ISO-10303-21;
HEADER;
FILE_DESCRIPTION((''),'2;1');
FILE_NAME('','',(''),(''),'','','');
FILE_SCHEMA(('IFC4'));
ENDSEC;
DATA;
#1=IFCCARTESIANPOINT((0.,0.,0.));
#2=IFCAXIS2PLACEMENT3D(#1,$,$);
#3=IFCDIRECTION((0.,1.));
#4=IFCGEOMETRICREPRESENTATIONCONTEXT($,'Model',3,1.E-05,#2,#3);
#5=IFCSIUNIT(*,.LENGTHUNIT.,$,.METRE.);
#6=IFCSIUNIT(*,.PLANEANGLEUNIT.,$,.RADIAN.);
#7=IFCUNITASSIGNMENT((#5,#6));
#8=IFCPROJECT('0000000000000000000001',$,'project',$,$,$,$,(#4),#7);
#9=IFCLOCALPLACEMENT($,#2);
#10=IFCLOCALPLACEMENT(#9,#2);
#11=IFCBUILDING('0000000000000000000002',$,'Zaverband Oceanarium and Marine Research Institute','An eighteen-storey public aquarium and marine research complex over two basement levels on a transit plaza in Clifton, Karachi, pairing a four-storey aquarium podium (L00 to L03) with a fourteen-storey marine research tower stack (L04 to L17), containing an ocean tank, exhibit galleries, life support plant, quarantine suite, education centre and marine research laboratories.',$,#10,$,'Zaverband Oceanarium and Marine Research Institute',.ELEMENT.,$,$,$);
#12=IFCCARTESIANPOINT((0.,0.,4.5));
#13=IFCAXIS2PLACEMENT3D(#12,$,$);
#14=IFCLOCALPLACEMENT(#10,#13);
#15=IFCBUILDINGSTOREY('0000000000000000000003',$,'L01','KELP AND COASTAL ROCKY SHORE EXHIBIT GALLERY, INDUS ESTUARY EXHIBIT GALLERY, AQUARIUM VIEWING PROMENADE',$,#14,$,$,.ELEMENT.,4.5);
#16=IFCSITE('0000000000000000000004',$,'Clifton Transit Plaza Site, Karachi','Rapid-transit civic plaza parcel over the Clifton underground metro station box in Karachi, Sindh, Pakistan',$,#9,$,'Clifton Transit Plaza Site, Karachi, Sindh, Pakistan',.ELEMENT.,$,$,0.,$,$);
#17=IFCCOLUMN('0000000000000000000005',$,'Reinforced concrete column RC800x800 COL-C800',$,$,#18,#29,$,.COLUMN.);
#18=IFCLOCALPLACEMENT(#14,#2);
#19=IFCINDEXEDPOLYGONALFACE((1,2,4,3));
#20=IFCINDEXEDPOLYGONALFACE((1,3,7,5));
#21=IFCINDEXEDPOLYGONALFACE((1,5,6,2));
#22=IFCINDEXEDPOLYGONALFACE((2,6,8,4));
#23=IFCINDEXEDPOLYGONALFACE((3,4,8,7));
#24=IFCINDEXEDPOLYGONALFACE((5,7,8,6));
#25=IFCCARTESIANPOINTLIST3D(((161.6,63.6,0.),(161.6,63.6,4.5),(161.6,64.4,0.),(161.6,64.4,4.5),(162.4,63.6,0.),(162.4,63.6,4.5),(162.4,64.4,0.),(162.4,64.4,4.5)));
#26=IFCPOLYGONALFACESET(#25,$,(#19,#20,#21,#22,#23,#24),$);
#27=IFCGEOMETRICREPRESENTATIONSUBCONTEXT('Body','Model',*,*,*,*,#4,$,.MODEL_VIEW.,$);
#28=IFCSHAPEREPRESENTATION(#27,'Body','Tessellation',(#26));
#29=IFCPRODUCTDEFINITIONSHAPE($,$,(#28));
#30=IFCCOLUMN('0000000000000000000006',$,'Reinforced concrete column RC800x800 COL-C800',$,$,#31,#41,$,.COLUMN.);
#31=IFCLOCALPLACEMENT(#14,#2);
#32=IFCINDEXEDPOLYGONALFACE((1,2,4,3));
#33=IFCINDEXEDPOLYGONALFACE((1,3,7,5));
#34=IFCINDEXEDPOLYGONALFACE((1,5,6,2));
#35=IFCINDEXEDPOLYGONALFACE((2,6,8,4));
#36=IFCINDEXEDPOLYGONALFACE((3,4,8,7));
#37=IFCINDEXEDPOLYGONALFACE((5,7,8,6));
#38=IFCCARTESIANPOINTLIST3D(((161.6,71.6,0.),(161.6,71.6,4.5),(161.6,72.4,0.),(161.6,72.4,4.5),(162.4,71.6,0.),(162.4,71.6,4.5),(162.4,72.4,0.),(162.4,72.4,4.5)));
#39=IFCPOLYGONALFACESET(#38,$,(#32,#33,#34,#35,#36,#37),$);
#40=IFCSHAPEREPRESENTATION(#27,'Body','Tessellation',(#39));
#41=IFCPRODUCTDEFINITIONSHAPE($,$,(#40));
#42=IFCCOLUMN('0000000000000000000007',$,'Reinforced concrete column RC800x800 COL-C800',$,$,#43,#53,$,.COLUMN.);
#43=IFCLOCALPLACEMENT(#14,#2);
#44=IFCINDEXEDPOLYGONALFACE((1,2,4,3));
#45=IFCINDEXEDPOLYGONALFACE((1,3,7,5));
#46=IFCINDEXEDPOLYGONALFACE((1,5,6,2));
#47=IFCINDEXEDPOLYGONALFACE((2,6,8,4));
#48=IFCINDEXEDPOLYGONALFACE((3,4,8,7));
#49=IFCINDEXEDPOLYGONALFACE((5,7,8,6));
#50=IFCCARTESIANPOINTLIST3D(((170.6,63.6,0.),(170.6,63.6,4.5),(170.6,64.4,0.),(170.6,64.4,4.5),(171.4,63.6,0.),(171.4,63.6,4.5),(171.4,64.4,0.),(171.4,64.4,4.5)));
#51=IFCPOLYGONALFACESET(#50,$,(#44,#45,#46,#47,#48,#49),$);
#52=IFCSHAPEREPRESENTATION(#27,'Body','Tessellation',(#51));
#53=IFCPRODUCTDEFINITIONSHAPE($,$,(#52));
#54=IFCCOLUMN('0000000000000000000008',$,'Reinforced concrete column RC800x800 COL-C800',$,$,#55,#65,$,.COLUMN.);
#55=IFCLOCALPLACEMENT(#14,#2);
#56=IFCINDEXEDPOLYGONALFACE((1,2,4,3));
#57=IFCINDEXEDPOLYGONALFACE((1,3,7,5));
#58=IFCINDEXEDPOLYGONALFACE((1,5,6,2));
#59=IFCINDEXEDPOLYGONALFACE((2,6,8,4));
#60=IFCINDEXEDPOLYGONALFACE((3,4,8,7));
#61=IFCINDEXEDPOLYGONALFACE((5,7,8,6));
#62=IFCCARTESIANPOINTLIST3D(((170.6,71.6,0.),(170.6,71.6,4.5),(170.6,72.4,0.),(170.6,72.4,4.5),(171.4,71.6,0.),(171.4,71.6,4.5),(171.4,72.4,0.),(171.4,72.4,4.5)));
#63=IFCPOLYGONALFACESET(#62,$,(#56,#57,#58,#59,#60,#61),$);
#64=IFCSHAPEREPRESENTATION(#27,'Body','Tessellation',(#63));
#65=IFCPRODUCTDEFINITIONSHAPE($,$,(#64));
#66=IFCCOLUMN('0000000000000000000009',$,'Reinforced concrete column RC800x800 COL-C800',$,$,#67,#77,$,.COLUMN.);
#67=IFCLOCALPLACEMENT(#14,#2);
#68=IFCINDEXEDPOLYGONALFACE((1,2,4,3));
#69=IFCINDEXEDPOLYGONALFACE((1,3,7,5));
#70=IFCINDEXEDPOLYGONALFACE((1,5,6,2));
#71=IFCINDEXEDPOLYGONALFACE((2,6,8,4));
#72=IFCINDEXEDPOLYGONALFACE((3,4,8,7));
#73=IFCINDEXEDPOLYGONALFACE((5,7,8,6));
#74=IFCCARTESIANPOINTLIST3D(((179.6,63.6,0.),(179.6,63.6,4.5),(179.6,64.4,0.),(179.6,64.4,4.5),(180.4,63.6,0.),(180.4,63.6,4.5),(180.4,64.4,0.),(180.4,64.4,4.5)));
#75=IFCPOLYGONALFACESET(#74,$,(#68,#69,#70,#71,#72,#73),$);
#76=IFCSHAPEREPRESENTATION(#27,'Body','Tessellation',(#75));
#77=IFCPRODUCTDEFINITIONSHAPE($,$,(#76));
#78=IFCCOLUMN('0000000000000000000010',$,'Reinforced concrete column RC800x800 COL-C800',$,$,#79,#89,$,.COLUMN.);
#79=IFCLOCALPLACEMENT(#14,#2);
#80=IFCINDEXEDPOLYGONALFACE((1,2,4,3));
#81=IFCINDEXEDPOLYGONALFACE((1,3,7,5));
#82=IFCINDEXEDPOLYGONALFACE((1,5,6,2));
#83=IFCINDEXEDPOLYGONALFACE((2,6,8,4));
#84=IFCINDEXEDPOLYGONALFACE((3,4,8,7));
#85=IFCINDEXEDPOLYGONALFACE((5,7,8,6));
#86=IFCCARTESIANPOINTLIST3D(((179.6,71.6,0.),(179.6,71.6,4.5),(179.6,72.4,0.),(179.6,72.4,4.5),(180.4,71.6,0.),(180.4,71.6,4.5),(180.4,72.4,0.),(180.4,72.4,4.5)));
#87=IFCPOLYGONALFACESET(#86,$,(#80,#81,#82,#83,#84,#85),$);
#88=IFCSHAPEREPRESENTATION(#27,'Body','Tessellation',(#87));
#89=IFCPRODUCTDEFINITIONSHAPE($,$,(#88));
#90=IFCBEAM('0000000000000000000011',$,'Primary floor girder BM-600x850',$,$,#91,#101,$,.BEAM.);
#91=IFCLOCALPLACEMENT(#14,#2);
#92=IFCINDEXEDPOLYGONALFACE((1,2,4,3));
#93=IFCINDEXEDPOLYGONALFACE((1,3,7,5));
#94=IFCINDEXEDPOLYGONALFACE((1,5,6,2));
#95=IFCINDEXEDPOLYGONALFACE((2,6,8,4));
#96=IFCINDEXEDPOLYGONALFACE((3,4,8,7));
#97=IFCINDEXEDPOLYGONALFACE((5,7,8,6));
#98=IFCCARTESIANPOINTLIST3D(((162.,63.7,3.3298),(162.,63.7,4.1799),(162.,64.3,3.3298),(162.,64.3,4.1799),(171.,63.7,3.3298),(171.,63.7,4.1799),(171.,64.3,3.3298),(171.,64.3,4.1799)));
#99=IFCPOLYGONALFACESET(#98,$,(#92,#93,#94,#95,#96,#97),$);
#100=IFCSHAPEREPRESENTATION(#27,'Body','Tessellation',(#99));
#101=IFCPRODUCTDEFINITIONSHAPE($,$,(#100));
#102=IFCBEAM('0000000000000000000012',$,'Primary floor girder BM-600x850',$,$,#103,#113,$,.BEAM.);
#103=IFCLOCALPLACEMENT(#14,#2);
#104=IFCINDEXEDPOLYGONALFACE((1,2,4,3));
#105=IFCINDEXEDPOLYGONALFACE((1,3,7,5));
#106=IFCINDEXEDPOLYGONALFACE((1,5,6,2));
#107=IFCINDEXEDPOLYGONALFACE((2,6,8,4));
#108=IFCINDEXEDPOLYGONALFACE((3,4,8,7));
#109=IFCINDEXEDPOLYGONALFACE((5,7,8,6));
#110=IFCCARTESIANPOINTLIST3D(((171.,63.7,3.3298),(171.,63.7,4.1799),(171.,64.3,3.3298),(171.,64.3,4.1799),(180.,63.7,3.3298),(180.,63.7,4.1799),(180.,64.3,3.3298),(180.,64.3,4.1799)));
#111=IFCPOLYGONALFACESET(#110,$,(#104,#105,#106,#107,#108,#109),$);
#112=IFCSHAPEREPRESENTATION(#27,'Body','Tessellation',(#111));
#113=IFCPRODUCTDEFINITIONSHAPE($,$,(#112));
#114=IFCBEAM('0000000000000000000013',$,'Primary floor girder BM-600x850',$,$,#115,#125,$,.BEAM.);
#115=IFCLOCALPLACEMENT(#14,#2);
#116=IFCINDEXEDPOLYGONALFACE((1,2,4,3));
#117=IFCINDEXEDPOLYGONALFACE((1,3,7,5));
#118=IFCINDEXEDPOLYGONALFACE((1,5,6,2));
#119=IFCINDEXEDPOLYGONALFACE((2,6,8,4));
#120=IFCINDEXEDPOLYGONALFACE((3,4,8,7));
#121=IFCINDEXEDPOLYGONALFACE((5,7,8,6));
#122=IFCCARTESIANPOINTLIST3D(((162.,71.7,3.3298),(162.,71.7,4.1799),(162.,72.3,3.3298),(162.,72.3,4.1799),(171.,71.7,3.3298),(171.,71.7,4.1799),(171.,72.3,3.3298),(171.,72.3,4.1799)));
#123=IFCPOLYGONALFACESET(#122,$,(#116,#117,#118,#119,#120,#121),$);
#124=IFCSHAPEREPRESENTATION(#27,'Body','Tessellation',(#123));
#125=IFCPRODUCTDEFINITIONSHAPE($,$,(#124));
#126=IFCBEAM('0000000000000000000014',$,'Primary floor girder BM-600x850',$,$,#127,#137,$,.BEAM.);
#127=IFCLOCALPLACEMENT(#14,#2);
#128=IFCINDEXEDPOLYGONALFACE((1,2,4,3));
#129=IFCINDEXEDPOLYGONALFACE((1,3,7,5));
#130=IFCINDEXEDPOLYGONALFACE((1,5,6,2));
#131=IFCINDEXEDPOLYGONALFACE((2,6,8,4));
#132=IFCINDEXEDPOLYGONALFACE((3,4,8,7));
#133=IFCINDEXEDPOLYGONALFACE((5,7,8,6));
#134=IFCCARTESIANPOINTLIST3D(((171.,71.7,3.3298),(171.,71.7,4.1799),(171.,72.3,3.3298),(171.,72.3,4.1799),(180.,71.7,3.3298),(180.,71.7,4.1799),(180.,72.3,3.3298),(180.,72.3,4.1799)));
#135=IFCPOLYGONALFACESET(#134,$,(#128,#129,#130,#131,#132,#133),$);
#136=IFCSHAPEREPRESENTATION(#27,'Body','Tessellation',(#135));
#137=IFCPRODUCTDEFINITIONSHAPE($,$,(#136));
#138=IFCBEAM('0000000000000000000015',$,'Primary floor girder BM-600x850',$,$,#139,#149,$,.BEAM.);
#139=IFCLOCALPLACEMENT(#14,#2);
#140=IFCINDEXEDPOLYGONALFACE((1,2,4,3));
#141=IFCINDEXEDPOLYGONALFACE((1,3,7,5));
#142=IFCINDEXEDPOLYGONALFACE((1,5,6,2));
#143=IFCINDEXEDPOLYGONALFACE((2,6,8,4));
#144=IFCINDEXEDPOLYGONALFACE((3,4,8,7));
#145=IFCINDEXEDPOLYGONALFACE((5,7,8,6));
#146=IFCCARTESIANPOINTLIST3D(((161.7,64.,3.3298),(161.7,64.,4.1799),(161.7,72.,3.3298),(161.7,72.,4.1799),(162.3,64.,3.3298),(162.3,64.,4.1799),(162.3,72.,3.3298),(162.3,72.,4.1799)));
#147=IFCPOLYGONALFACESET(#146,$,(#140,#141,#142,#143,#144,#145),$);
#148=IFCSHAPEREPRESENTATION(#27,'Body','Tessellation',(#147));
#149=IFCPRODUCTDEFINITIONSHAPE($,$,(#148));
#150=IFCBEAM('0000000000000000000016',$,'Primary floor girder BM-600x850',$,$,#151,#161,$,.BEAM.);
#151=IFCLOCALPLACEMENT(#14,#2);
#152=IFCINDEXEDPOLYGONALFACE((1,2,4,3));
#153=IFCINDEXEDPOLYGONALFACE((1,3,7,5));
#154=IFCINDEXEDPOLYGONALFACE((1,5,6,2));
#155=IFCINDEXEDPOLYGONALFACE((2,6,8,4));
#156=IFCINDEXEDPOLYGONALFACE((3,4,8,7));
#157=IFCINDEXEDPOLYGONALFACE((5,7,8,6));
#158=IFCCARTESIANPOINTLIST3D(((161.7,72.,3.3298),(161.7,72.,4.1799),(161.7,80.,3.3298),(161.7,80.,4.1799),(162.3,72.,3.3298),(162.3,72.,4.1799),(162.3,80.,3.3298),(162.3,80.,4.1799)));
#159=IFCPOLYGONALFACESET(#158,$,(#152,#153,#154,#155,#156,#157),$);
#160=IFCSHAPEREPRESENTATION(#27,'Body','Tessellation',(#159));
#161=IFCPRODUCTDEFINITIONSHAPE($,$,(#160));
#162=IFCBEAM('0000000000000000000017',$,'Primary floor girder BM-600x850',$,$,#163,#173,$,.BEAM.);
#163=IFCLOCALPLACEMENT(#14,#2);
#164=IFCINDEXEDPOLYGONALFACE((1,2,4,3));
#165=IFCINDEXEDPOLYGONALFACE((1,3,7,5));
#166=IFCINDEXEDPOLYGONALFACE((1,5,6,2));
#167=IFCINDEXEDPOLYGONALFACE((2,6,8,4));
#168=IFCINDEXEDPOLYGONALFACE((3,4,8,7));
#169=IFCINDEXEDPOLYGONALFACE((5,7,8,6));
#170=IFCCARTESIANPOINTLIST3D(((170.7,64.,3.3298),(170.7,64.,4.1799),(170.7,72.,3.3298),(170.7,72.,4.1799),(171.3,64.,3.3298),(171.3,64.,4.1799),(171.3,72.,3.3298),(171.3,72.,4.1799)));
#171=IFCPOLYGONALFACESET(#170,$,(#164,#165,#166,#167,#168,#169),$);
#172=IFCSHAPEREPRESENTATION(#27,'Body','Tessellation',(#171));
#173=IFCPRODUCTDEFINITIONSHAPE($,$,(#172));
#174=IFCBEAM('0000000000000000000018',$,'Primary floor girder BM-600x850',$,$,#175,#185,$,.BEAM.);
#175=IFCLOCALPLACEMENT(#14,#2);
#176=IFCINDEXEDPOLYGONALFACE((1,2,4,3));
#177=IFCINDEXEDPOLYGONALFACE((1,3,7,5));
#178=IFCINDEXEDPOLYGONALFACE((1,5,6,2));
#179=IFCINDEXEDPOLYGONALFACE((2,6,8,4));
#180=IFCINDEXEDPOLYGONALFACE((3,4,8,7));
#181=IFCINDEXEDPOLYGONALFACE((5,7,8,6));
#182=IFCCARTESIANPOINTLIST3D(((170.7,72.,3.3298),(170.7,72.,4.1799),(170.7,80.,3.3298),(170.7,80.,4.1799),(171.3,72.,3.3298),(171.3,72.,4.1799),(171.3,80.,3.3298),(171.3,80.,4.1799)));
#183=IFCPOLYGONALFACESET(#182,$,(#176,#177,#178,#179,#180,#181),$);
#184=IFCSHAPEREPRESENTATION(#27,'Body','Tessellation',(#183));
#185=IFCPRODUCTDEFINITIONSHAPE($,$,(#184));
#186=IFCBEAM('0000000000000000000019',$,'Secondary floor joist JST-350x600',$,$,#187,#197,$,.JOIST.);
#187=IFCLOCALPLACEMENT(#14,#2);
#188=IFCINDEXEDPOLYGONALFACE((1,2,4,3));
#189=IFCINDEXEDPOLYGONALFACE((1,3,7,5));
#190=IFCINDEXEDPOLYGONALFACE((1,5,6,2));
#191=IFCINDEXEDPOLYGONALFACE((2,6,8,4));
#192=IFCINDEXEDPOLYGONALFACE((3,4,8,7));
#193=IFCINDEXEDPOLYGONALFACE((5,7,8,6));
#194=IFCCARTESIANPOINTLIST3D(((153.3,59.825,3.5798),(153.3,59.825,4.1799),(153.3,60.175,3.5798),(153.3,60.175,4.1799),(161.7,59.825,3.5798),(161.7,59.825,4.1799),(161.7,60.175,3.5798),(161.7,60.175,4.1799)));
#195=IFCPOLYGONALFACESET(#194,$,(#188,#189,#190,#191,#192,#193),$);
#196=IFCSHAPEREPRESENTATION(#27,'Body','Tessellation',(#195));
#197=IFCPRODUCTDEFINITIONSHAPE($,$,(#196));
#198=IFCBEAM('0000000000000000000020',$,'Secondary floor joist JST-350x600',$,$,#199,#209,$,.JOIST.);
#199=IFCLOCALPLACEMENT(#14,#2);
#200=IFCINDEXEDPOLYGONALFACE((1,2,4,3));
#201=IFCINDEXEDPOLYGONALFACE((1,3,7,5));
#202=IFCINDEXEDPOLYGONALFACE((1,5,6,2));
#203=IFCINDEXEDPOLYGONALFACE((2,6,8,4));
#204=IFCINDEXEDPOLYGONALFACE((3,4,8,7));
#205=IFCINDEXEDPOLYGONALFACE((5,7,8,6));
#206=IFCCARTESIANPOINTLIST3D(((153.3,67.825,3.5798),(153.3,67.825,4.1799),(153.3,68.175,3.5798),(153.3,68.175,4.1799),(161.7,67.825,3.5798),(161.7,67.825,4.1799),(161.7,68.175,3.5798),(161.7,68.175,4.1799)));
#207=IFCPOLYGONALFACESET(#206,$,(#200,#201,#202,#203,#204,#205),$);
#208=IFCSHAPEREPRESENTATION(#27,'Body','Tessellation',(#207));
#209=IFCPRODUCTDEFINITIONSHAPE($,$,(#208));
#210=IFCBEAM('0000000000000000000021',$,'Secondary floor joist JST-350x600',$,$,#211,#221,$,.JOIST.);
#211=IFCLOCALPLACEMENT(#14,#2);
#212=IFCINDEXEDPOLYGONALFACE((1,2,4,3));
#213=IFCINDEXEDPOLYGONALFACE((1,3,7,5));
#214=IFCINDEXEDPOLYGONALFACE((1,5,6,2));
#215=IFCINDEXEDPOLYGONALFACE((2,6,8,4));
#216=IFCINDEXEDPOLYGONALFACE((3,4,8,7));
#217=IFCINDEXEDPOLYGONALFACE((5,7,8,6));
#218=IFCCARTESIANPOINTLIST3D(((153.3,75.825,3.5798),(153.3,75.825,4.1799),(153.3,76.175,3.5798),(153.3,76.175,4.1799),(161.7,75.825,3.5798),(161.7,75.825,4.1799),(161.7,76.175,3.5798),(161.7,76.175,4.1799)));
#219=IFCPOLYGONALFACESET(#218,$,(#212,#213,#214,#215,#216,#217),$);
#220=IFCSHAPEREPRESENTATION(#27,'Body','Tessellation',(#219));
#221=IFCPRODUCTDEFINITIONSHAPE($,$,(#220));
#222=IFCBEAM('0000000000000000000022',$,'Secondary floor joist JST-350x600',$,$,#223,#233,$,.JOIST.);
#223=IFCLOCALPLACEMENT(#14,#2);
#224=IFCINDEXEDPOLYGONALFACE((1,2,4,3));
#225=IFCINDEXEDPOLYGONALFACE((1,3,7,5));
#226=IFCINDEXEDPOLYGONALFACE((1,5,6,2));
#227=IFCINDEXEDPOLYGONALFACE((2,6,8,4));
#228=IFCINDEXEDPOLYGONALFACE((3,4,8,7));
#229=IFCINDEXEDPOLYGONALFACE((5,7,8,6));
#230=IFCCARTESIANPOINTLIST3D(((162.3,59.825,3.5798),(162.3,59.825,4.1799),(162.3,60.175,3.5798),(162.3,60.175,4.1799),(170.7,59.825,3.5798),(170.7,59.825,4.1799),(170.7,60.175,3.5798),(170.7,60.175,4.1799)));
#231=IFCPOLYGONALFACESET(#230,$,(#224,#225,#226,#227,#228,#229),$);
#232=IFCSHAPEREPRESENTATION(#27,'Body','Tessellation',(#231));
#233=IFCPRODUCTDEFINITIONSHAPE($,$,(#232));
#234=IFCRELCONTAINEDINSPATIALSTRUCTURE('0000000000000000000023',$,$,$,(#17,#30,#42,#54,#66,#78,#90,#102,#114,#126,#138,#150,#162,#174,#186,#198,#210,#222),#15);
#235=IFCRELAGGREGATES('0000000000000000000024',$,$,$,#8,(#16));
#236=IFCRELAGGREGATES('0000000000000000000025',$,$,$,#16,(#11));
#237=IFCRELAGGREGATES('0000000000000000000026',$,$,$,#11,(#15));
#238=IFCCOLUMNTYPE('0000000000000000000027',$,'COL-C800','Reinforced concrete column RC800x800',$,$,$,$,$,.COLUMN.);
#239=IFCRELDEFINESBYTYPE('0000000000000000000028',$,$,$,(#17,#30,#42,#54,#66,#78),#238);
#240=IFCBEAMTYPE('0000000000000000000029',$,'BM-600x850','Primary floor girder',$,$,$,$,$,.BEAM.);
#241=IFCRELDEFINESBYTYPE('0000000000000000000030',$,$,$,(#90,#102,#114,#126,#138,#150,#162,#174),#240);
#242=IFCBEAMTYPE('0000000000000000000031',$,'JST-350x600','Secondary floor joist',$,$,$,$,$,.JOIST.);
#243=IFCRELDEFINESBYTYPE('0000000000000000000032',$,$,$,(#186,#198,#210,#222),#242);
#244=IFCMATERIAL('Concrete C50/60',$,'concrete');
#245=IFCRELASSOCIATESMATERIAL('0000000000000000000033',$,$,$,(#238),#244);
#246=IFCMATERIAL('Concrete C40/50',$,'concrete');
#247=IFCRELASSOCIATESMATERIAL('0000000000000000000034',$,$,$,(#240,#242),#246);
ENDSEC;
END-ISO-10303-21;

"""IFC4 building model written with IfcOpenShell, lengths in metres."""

from ifc_helpers import new_model, si_unit, direction, frame, origin, origin_2d, place, context, subcontext, project, spatial, rectangle, extrude, material, material_profile, profile_set, type_object, element, save


model = new_model("IFC4")

# Units and contexts
model_context = context("Model", 3, precision=1e-05, world=origin(), true_north=direction((0.0, 1.0)))
body_context = subcontext(model_context, "Body", "Model", "MODEL_VIEW")
ifc_project = project(units=[si_unit("LENGTHUNIT", "METRE"), si_unit("PLANEANGLEUNIT", "RADIAN")], contexts=[model_context])

# Site, building, storey
site_placement = place(None, origin())
site = spatial("IfcSite", under=ifc_project, at=site_placement, Name="Clifton Transit Plaza Site, Karachi", Description="Rapid-transit civic plaza parcel over the Clifton underground metro station box in Karachi, Sindh, Pakistan", LongName="Clifton Transit Plaza Site, Karachi, Sindh, Pakistan", CompositionType="ELEMENT", RefElevation=0.0)
building_placement = place(site_placement, origin())
building = spatial("IfcBuilding", under=site, at=building_placement, Name="Zaverband Oceanarium and Marine Research Institute", Description="An eighteen-storey public aquarium and marine research complex over two basement levels on a transit plaza in Clifton, Karachi, pairing a four-storey aquarium podium (L00 to L03) with a fourteen-storey marine research tower stack (L04 to L17), containing an ocean tank, exhibit galleries, life support plant, quarantine suite, education centre and marine research laboratories.", LongName="Zaverband Oceanarium and Marine Research Institute", CompositionType="ELEMENT")
storey_placement = place(building_placement, frame((0.0, 0.0, 4.5)))
storey = spatial("IfcBuildingStorey", under=building, at=storey_placement, Name="L01", Description="KELP AND COASTAL ROCKY SHORE EXHIBIT GALLERY, INDUS ESTUARY EXHIBIT GALLERY, AQUARIUM VIEWING PROMENADE", CompositionType="ELEMENT", Elevation=4.5)

# Columns
ifc_material_1 = material(Name="Concrete C50/60", Category="concrete")
ifc_material_profile_1 = material_profile(ifc_material_1, rectangle(XDim=0.8, YDim=0.8, at=origin_2d()), Name="RC800x800")
ifc_profile_set_1 = profile_set([ifc_material_profile_1], Name="Concrete C50/60")
column_type = type_object("IfcColumnType", Name="COL-C800", Description="Reinforced concrete column RC800x800", PredefinedType="COLUMN", material=ifc_profile_set_1)
for number, where, z_axis, x_axis, name in (
    (1, (162.0, 64.0, 0.0), (0.0, 0.0, 1.0), (1.0, 0.0, 0.0), "Reinforced concrete column RC800x800 COL-C800"),
    (2, (162.0, 72.0, 0.0), (0.0, 0.0, 1.0), (1.0, 0.0, 0.0), "Reinforced concrete column RC800x800 COL-C800"),
    (3, (171.0, 64.0, 0.0), (0.0, 0.0, 1.0), (1.0, 0.0, 0.0), "Reinforced concrete column RC800x800 COL-C800"),
    (4, (171.0, 72.0, 0.0), (0.0, 0.0, 1.0), (1.0, 0.0, 0.0), "Reinforced concrete column RC800x800 COL-C800"),
    (5, (180.0, 64.0, 0.0), (0.0, 0.0, 1.0), (1.0, 0.0, 0.0), "Reinforced concrete column RC800x800 COL-C800"),
    (6, (180.0, 72.0, 0.0), (0.0, 0.0, 1.0), (1.0, 0.0, 0.0), "Reinforced concrete column RC800x800 COL-C800"),
):
    element("IfcColumn", number, at=place(storey_placement, frame(where, z_axis=z_axis, x_axis=x_axis)), inside=storey, type_object=column_type, Name=name, PredefinedType="COLUMN", context=body_context, shape_type="SweptSolid", body=[
        extrude(rectangle(XDim=0.8, YDim=0.8, at=origin_2d()), origin(), (0.0, 0.0, 1.0), 4.5),
    ])

# Beams
ifc_material_2 = material(Name="Concrete C40/50", Category="concrete")
ifc_material_profile_2 = material_profile(ifc_material_2, rectangle(XDim=0.6001, YDim=0.8501, at=origin_2d()), Name="RC600x850")
ifc_profile_set_2 = profile_set([ifc_material_profile_2], Name="Concrete C40/50")
beam_type_1 = type_object("IfcBeamType", Name="BM-600x850", Description="Primary floor girder", PredefinedType="BEAM", material=ifc_profile_set_2)
for number, where, z_axis, x_axis, name in (
    (7, (162.0, 64.0, 3.7549), (1.0, 0.0, 0.0), (0.0, 1.0, 0.0), "Primary floor girder BM-600x850"),
    (8, (171.0, 64.0, 3.7549), (1.0, 0.0, 0.0), (0.0, 1.0, 0.0), "Primary floor girder BM-600x850"),
    (9, (162.0, 72.0, 3.7549), (1.0, 0.0, 0.0), (0.0, 1.0, 0.0), "Primary floor girder BM-600x850"),
    (10, (171.0, 72.0, 3.7549), (1.0, 0.0, 0.0), (0.0, 1.0, 0.0), "Primary floor girder BM-600x850"),
):
    element("IfcBeam", number, at=place(storey_placement, frame(where, z_axis=z_axis, x_axis=x_axis)), inside=storey, type_object=beam_type_1, Name=name, PredefinedType="BEAM", context=body_context, shape_type="SweptSolid", body=[
        extrude(rectangle(XDim=0.6001, YDim=0.8501, at=origin_2d()), origin(), (0.0, 0.0, 1.0), 9.0),
    ])
for number, where, z_axis, x_axis, name in (
    (11, (162.0, 64.0, 3.7549), (0.0, 1.0, 0.0), (-1.0, 0.0, 0.0), "Primary floor girder BM-600x850"),
    (12, (162.0, 72.0, 3.7549), (0.0, 1.0, 0.0), (-1.0, 0.0, 0.0), "Primary floor girder BM-600x850"),
    (13, (171.0, 64.0, 3.7549), (0.0, 1.0, 0.0), (-1.0, 0.0, 0.0), "Primary floor girder BM-600x850"),
    (14, (171.0, 72.0, 3.7549), (0.0, 1.0, 0.0), (-1.0, 0.0, 0.0), "Primary floor girder BM-600x850"),
):
    element("IfcBeam", number, at=place(storey_placement, frame(where, z_axis=z_axis, x_axis=x_axis)), inside=storey, type_object=beam_type_1, Name=name, PredefinedType="BEAM", context=body_context, shape_type="SweptSolid", body=[
        extrude(rectangle(XDim=0.6001, YDim=0.8501, at=origin_2d()), origin(), (0.0, 0.0, 1.0), 8.0),
    ])
ifc_material_profile_3 = material_profile(ifc_material_2, rectangle(XDim=0.3501, YDim=0.6001, at=origin_2d()), Name="RC350x600")
ifc_profile_set_3 = profile_set([ifc_material_profile_3], Name="Concrete C40/50")
beam_type_2 = type_object("IfcBeamType", Name="JST-350x600", Description="Secondary floor joist", PredefinedType="JOIST", material=ifc_profile_set_3)
for number, where, z_axis, x_axis, name in (
    (15, (153.3, 60.0, 3.8799), (1.0, 0.0, 0.0), (0.0, 1.0, 0.0), "Secondary floor joist JST-350x600"),
    (16, (153.3, 68.0, 3.8799), (1.0, 0.0, 0.0), (0.0, 1.0, 0.0), "Secondary floor joist JST-350x600"),
    (17, (153.3, 76.0, 3.8799), (1.0, 0.0, 0.0), (0.0, 1.0, 0.0), "Secondary floor joist JST-350x600"),
    (18, (162.3, 60.0, 3.8799), (1.0, 0.0, 0.0), (0.0, 1.0, 0.0), "Secondary floor joist JST-350x600"),
):
    element("IfcBeam", number, at=place(storey_placement, frame(where, z_axis=z_axis, x_axis=x_axis)), inside=storey, type_object=beam_type_2, Name=name, PredefinedType="JOIST", context=body_context, shape_type="SweptSolid", body=[
        extrude(rectangle(XDim=0.3501, YDim=0.6001, at=origin_2d()), origin(), (0.0, 0.0, 1.0), 8.3999),
    ])

save(model, "model.ifc")
